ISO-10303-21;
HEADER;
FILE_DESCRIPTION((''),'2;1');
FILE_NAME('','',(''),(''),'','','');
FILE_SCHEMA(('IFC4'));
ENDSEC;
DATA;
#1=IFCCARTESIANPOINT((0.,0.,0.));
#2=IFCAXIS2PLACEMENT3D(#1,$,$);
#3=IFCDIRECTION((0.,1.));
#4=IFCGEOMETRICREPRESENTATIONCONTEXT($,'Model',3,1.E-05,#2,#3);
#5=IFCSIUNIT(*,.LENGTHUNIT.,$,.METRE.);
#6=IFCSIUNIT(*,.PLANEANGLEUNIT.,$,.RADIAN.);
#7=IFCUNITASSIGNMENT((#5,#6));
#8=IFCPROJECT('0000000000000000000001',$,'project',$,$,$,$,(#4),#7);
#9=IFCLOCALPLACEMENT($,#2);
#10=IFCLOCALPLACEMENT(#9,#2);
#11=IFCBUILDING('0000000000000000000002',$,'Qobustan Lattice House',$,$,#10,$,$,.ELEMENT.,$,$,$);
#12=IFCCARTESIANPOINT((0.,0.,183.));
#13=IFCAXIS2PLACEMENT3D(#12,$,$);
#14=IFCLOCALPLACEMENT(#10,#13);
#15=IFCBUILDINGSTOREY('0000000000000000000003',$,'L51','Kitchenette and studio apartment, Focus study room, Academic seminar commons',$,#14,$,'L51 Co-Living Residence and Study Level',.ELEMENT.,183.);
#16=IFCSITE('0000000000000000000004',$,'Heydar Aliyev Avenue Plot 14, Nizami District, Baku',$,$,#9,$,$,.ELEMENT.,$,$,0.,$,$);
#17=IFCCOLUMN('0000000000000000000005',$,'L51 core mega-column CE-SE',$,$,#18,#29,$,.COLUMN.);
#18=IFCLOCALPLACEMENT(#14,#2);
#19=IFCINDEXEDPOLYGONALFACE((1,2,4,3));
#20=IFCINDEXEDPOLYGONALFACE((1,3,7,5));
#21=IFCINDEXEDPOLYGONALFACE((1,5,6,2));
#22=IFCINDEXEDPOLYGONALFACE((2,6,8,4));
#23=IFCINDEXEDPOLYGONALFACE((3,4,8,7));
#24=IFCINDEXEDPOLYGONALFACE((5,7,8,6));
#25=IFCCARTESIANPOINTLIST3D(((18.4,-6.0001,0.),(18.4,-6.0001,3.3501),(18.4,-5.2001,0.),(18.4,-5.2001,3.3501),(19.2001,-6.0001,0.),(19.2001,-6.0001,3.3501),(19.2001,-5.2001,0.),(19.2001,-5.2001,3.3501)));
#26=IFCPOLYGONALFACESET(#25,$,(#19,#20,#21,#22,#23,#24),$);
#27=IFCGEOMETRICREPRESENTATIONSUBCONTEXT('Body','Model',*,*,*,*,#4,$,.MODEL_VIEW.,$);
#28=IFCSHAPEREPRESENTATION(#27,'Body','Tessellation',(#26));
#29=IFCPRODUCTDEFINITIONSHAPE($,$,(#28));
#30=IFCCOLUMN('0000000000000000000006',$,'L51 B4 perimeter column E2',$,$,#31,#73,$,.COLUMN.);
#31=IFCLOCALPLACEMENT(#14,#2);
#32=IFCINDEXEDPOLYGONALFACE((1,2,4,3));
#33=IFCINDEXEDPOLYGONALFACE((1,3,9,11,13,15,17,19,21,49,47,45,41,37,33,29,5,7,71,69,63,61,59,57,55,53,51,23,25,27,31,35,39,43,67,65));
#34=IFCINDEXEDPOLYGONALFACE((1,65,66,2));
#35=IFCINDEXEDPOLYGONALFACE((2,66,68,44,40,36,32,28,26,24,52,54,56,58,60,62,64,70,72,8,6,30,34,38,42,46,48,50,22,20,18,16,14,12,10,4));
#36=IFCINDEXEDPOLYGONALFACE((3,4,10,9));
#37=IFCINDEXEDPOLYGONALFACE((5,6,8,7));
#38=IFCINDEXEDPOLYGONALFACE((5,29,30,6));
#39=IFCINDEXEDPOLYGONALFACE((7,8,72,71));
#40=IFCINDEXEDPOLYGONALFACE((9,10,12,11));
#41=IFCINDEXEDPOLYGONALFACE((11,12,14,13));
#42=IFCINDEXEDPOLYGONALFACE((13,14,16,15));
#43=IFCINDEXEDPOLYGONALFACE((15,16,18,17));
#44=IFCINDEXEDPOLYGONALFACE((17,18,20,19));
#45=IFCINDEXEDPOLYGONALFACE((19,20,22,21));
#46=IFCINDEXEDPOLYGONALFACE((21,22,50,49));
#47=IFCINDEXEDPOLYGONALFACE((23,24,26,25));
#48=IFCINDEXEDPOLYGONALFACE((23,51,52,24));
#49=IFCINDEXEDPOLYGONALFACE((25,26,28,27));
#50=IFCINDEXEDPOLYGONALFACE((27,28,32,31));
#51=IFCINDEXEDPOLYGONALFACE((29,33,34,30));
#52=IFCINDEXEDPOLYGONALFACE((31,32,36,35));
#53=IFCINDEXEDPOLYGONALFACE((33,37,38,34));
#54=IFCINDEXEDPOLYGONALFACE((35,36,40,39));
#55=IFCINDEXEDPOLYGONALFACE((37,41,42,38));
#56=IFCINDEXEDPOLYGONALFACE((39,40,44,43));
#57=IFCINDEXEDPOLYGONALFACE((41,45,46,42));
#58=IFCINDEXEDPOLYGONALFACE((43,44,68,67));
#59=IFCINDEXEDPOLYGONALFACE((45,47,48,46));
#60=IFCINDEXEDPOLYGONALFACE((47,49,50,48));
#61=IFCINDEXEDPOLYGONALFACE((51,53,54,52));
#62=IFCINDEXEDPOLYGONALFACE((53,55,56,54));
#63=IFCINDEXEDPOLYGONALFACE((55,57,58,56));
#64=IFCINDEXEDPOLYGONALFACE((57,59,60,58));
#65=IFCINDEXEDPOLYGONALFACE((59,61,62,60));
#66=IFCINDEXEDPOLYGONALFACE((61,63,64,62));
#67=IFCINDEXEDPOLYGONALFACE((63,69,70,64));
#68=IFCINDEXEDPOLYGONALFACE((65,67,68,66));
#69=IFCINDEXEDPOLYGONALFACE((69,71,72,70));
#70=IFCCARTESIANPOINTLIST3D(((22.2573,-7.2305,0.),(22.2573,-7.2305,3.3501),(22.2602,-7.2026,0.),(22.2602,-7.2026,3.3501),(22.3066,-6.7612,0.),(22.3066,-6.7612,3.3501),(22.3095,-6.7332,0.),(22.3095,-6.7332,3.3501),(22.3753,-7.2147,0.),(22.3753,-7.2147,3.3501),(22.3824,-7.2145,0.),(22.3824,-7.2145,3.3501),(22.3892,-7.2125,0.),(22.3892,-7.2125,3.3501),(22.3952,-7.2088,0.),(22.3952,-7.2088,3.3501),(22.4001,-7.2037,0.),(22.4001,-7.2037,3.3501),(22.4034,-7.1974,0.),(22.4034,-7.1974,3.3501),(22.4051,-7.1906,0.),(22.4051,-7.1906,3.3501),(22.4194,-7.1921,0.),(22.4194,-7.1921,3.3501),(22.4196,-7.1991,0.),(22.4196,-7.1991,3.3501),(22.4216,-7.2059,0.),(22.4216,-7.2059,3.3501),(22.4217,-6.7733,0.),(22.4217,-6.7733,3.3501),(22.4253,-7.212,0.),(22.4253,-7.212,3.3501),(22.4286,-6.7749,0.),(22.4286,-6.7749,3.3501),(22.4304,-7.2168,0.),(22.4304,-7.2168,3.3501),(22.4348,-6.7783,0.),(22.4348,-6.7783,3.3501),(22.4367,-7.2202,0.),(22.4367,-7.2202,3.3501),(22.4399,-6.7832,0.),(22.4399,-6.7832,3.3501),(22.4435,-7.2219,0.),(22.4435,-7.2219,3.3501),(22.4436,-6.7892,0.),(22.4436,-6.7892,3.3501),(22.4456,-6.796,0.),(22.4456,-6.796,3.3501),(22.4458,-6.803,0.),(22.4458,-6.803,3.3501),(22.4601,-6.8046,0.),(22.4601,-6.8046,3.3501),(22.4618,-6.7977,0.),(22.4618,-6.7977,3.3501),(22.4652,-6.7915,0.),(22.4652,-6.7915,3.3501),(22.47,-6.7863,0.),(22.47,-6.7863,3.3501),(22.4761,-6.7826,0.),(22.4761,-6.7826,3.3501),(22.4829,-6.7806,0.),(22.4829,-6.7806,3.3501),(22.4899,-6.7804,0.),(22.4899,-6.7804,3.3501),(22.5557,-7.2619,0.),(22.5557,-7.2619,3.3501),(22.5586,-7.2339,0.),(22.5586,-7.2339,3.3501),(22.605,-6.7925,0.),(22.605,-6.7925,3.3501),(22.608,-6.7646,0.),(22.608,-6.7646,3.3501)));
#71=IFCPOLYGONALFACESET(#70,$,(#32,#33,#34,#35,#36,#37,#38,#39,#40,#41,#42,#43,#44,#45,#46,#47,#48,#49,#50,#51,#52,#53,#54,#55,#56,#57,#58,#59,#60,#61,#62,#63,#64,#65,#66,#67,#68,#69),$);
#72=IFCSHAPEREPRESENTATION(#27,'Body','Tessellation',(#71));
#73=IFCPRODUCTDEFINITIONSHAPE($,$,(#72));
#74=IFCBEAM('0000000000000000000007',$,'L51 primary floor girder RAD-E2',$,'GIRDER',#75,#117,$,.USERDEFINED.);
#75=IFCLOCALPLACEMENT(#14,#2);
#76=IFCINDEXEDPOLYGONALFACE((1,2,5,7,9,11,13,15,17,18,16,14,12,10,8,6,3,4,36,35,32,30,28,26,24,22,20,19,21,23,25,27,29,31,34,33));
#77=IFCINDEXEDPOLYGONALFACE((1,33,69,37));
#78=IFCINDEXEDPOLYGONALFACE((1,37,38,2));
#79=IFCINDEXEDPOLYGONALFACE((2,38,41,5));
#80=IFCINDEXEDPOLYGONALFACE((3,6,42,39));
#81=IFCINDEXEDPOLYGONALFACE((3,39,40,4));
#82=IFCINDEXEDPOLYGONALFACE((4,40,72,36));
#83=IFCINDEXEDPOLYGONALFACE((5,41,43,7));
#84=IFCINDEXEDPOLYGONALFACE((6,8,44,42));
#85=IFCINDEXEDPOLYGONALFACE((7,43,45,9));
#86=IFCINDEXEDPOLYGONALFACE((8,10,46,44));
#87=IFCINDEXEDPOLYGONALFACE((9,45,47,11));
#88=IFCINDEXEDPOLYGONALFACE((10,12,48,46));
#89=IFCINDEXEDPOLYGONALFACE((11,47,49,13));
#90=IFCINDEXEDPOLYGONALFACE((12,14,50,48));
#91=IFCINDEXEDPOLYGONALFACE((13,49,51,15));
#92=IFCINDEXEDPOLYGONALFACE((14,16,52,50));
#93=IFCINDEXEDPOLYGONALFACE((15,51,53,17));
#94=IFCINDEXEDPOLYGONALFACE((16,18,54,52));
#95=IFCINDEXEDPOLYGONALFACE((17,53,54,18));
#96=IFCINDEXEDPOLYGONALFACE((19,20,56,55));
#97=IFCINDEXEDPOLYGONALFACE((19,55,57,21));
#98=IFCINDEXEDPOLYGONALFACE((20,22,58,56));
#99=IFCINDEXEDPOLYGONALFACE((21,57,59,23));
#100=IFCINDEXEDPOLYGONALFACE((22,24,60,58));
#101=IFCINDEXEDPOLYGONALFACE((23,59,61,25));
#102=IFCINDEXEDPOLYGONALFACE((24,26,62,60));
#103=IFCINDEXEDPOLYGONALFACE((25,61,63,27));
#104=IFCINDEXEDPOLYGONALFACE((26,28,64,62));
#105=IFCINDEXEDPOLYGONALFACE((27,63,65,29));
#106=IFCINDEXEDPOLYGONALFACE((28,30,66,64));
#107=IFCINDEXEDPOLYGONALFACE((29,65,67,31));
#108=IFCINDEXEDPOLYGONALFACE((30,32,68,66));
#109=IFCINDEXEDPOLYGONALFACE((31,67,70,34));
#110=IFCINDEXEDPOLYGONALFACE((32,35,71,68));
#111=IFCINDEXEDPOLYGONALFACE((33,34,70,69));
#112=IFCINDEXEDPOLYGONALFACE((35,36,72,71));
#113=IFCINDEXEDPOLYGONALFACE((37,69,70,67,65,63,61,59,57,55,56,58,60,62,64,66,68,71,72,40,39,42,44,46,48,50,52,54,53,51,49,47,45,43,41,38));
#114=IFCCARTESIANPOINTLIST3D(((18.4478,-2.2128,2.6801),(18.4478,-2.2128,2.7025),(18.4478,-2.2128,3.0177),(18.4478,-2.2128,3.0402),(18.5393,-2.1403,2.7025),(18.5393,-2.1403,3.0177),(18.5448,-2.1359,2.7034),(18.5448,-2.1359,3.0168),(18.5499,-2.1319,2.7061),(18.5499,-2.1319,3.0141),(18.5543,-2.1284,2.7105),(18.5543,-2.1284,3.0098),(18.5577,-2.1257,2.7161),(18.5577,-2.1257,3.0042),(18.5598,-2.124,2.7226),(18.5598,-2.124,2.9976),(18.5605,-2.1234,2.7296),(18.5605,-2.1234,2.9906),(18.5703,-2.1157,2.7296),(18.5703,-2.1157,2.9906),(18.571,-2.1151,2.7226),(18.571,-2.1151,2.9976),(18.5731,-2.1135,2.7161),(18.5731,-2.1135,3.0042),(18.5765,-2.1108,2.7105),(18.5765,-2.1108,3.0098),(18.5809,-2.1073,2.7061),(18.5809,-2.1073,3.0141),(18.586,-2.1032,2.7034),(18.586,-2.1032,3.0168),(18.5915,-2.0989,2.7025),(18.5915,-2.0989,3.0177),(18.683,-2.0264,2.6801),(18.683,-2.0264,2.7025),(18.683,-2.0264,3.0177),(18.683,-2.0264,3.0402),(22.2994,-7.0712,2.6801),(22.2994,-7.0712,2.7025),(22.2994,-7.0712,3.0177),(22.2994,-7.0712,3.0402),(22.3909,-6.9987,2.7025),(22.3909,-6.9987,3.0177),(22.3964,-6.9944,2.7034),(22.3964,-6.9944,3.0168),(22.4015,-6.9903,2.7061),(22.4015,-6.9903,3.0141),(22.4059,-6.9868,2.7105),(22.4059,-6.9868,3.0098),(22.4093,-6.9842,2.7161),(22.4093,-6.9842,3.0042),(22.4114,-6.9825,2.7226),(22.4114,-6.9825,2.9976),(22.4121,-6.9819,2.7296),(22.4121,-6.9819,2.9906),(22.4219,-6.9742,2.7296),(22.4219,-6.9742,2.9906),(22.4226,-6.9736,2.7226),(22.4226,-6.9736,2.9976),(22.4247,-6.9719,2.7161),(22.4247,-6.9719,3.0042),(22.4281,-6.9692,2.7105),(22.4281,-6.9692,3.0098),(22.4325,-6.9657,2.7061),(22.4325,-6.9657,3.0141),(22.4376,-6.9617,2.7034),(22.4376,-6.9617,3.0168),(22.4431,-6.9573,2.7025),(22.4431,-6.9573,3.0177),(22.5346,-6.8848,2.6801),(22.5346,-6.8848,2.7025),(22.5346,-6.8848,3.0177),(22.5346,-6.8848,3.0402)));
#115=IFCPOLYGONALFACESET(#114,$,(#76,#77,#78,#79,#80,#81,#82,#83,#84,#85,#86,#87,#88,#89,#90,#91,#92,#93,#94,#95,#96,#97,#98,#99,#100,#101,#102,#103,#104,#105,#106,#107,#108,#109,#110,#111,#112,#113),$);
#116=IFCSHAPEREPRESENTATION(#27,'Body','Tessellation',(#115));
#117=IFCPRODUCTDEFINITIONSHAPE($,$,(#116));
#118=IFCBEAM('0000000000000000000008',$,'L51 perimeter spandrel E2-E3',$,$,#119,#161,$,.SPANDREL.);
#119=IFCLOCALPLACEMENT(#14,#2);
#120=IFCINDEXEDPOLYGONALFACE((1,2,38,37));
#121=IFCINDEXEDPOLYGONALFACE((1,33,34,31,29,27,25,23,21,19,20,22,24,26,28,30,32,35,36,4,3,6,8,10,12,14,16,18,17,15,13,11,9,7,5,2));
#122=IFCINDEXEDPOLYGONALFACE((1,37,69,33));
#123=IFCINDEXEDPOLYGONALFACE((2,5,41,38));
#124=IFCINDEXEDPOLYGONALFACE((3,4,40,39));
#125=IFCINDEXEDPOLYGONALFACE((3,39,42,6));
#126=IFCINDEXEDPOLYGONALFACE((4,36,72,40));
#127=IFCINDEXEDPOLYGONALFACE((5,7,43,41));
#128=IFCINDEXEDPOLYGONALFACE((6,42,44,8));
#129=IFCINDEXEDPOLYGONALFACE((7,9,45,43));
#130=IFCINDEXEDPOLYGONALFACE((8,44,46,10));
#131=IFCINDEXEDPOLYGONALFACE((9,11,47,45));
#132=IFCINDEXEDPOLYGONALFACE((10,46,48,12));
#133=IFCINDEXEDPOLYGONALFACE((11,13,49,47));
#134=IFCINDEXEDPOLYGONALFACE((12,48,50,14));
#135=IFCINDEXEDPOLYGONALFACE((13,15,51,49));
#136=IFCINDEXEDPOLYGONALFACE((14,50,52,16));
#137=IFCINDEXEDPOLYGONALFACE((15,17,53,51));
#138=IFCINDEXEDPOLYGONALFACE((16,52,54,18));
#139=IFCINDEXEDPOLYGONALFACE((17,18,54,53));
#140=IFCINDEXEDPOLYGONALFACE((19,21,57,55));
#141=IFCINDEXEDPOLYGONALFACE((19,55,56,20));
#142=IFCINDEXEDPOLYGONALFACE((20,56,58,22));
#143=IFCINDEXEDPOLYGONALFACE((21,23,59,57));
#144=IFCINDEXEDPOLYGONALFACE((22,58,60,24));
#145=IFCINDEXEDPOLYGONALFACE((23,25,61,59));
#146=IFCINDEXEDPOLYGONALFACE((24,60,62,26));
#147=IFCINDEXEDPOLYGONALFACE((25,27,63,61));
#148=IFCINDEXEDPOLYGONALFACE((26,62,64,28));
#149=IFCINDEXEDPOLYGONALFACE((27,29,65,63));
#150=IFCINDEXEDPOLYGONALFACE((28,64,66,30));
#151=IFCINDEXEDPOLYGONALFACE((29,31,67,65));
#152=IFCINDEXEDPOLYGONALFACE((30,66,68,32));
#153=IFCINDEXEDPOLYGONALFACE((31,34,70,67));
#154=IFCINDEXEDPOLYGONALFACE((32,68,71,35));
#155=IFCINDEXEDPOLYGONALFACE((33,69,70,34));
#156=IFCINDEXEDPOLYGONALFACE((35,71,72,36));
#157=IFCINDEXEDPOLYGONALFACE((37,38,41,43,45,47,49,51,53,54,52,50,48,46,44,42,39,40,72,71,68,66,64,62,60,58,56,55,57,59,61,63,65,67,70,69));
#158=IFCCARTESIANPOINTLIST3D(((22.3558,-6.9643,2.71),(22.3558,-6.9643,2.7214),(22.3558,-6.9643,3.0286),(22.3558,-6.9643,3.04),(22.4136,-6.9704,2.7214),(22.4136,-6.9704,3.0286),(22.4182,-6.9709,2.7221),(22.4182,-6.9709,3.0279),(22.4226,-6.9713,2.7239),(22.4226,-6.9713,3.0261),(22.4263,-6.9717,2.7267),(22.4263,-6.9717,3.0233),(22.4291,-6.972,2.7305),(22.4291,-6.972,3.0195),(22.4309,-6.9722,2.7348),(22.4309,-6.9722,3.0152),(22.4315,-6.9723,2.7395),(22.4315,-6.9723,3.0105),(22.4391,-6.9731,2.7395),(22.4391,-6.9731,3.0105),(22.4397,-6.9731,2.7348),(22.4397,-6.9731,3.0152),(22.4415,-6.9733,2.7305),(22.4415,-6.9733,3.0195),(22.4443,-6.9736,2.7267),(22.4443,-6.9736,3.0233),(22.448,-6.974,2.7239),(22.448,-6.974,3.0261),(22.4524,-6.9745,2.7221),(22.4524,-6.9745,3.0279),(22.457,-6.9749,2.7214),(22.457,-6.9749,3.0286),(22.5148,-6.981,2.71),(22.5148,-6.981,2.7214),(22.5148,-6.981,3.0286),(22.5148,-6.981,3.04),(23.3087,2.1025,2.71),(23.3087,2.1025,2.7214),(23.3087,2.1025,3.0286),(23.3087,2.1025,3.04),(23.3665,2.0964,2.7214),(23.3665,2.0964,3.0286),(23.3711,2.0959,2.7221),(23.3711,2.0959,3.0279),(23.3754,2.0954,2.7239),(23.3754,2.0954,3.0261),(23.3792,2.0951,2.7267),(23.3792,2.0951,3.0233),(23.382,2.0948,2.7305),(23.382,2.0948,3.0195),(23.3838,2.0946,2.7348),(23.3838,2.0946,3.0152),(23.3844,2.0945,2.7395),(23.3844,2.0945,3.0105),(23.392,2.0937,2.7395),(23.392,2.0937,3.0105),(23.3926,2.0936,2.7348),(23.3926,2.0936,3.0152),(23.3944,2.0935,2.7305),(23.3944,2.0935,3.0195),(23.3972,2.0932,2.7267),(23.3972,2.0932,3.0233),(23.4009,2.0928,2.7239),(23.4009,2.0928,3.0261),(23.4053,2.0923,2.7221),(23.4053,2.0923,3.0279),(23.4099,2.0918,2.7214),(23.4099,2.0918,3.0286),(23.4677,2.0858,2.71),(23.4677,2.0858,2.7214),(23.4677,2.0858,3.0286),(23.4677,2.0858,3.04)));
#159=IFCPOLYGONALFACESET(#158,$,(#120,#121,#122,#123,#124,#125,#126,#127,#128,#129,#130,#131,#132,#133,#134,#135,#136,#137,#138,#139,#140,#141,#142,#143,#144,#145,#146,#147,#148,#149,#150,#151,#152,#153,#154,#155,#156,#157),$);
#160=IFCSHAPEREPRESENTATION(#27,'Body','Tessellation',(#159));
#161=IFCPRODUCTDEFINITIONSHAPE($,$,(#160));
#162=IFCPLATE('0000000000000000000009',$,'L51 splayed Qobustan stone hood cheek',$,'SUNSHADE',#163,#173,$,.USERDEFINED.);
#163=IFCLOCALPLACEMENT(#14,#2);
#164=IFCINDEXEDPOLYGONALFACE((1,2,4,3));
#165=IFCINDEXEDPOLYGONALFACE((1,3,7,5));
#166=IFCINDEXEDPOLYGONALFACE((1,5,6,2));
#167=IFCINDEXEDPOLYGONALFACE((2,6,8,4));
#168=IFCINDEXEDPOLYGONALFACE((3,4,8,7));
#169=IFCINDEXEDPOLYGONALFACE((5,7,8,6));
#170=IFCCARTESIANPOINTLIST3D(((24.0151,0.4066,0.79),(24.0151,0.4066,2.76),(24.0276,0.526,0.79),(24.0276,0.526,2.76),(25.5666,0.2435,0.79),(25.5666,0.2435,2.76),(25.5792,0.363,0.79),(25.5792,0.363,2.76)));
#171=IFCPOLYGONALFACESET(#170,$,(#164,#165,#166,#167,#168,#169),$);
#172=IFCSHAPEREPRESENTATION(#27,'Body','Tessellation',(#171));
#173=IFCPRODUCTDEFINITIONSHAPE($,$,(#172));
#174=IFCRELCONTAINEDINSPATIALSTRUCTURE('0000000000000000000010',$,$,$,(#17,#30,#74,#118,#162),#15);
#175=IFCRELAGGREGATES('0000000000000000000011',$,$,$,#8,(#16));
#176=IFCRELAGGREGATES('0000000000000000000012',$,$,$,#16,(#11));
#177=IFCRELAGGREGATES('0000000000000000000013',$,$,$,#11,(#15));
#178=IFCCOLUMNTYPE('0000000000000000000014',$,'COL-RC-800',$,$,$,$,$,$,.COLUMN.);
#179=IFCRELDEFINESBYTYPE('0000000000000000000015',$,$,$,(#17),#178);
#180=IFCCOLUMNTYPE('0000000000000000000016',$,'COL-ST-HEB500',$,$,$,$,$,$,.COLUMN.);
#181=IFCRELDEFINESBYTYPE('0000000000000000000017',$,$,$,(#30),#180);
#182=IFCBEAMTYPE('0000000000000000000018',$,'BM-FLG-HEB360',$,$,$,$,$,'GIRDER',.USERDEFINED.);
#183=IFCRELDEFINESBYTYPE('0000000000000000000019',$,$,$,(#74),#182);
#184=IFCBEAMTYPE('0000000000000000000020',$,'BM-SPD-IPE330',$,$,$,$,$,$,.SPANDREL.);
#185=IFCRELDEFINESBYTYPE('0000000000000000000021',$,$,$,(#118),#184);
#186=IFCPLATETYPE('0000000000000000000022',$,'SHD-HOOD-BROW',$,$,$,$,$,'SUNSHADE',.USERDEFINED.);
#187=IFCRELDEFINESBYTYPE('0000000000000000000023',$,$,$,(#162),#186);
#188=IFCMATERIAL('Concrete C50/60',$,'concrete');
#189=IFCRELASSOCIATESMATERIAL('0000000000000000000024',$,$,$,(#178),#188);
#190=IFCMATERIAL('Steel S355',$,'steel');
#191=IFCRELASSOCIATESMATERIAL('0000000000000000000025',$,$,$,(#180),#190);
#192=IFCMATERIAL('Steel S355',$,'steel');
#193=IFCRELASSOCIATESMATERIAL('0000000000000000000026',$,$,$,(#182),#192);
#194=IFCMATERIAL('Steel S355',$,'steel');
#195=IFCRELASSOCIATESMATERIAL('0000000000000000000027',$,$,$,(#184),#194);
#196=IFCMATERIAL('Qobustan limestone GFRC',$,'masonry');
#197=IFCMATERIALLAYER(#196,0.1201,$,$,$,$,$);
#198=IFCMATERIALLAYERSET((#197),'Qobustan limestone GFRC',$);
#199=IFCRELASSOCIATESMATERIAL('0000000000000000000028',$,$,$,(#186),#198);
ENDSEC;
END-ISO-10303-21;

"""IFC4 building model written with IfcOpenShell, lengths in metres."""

from ifc_helpers import new_model, si_unit, direction, frame, origin, origin_2d, place, context, subcontext, project, spatial, rectangle, i_section, extrude, material, layer, layer_set, material_profile, profile_set, type_object, element, save


model = new_model("IFC4")

# Units and contexts
model_context = context("Model", 3, precision=1e-05, world=origin(), true_north=direction((0.0, 1.0)))
body_context = subcontext(model_context, "Body", "Model", "MODEL_VIEW")
ifc_project = project(units=[si_unit("LENGTHUNIT", "METRE"), si_unit("PLANEANGLEUNIT", "RADIAN")], contexts=[model_context])

# Site, building, storey
site_placement = place(None, origin())
site = spatial("IfcSite", under=ifc_project, at=site_placement, Name="Heydar Aliyev Avenue Plot 14, Nizami District, Baku", CompositionType="ELEMENT", RefElevation=0.0)
building_placement = place(site_placement, origin())
building = spatial("IfcBuilding", under=site, at=building_placement, Name="Qobustan Lattice House", CompositionType="ELEMENT")
storey_placement = place(building_placement, frame((0.0, 0.0, 183.0)))
storey = spatial("IfcBuildingStorey", under=building, at=storey_placement, Name="L51", Description="Kitchenette and studio apartment, Focus study room, Academic seminar commons", LongName="L51 Co-Living Residence and Study Level", CompositionType="ELEMENT", Elevation=183.0)

# Columns
ifc_material_1 = material(Name="Concrete C50/60", Category="concrete")
ifc_material_profile_1 = material_profile(ifc_material_1, rectangle(XDim=0.8, YDim=0.8, at=origin_2d()), Name="RC800x800")
ifc_profile_set_1 = profile_set([ifc_material_profile_1], Name="Concrete C50/60")
column_type_1 = type_object("IfcColumnType", Name="COL-RC-800", PredefinedType="COLUMN", material=ifc_profile_set_1)
column_1_placement = place(storey_placement, frame((18.8, -5.6001, 0.0), z_axis=(0.0, 0.0, 1.0), x_axis=(1.0, 0.0, 0.0)))
element("IfcColumn", 1, at=column_1_placement, inside=storey, type_object=column_type_1, Name="L51 core mega-column CE-SE", PredefinedType="COLUMN", context=body_context, shape_type="SweptSolid", body=[
    extrude(rectangle(XDim=0.8, YDim=0.8, at=origin_2d()), origin(), (0.0, 0.0, 1.0), 3.3501),
])
ifc_material_2 = material(Name="Steel S355", Category="steel")
ifc_material_profile_2 = material_profile(ifc_material_2, i_section(OverallWidth=0.3, OverallDepth=0.5, WebThickness=0.0144, FlangeThickness=0.0281, FilletRadius=0.0271, at=origin_2d()), Name="HEB500")
ifc_profile_set_2 = profile_set([ifc_material_profile_2], Name="Steel S355")
column_type_2 = type_object("IfcColumnType", Name="COL-ST-HEB500", PredefinedType="COLUMN", material=ifc_profile_set_2)
column_2_placement = place(storey_placement, frame((22.4326, -6.9976, 0.0), z_axis=(0.0, 0.0, 1.0), x_axis=(0.994522, -0.104528, 0.0)))
element("IfcColumn", 2, at=column_2_placement, inside=storey, type_object=column_type_2, Name="L51 B4 perimeter column E2", PredefinedType="COLUMN", context=body_context, shape_type="SweptSolid", body=[
    extrude(i_section(OverallWidth=0.3, OverallDepth=0.5, WebThickness=0.0144, FlangeThickness=0.0281, FilletRadius=0.0271, at=origin_2d()), origin(), (0.0, 0.0, 1.0), 3.3501),
])

# Beams
ifc_material_3 = material(Name="Steel S355", Category="steel")
ifc_material_profile_3 = material_profile(ifc_material_3, i_section(OverallWidth=0.3, OverallDepth=0.3601, WebThickness=0.0125, FlangeThickness=0.0225, FilletRadius=0.0271, at=origin_2d()), Name="HEB360")
ifc_profile_set_3 = profile_set([ifc_material_profile_3], Name="Steel S355")
beam_type_1 = type_object("IfcBeamType", Name="BM-FLG-HEB360", ElementType="GIRDER", PredefinedType="USERDEFINED", material=ifc_profile_set_3)
beam_1_placement = place(storey_placement, frame((22.417, -6.978, 2.8601), z_axis=(-0.621231, 0.783627, 0.0), x_axis=(-0.783627, -0.621231, 0.0)))
element("IfcBeam", 3, at=beam_1_placement, inside=storey, type_object=beam_type_1, Name="L51 primary floor girder RAD-E2", ObjectType="GIRDER", PredefinedType="USERDEFINED", context=body_context, shape_type="SweptSolid", body=[
    extrude(i_section(OverallWidth=0.3, OverallDepth=0.3601, WebThickness=0.0125, FlangeThickness=0.0225, FilletRadius=0.0271, at=origin_2d()), origin(), (0.0, 0.0, 1.0), 6.2),
])
ifc_material_4 = material(Name="Steel S355", Category="steel")
ifc_material_profile_4 = material_profile(ifc_material_4, i_section(OverallWidth=0.1599, OverallDepth=0.3301, WebThickness=0.0076, FlangeThickness=0.0115, FilletRadius=0.0181, at=origin_2d()), Name="IPE330")
ifc_profile_set_4 = profile_set([ifc_material_profile_4], Name="Steel S355")
beam_type_2 = type_object("IfcBeamType", Name="BM-SPD-IPE330", PredefinedType="SPANDREL", material=ifc_profile_set_4)
beam_2_placement = place(storey_placement, frame((22.4353, -6.9727, 2.875), z_axis=(0.104522, 0.994523, 0.0), x_axis=(-0.994523, 0.104522, 0.0)))
element("IfcBeam", 4, at=beam_2_placement, inside=storey, type_object=beam_type_2, Name="L51 perimeter spandrel E2-E3", PredefinedType="SPANDREL", context=body_context, shape_type="SweptSolid", body=[
    extrude(i_section(OverallWidth=0.1599, OverallDepth=0.3301, WebThickness=0.0076, FlangeThickness=0.0115, FilletRadius=0.0181, at=origin_2d()), origin(), (0.0, 0.0, 1.0), 9.1167),
])

# Plate
ifc_material_5 = material(Name="Qobustan limestone GFRC", Category="masonry")
ifc_layer_1 = layer(ifc_material_5, 0.1201)
ifc_layer_set_1 = layer_set([ifc_layer_1], Name="Qobustan limestone GFRC")
plate_type = type_object("IfcPlateType", Name="SHD-HOOD-BROW", ElementType="SUNSHADE", PredefinedType="USERDEFINED", material=ifc_layer_set_1)
plate_placement = place(storey_placement, frame((24.7971, 0.3848, 0.79), z_axis=(0.0, 0.0, 1.0), x_axis=(-0.104528, -0.994522, 0.0)))
element("IfcPlate", 5, at=plate_placement, inside=storey, type_object=plate_type, Name="L51 splayed Qobustan stone hood cheek", ObjectType="SUNSHADE", PredefinedType="USERDEFINED", context=body_context, shape_type="SweptSolid", body=[
    extrude(rectangle(XDim=0.1201, YDim=1.5601, at=origin_2d()), origin(), (0.0, 0.0, 1.0), 1.97),
])

save(model, "model.ifc")
